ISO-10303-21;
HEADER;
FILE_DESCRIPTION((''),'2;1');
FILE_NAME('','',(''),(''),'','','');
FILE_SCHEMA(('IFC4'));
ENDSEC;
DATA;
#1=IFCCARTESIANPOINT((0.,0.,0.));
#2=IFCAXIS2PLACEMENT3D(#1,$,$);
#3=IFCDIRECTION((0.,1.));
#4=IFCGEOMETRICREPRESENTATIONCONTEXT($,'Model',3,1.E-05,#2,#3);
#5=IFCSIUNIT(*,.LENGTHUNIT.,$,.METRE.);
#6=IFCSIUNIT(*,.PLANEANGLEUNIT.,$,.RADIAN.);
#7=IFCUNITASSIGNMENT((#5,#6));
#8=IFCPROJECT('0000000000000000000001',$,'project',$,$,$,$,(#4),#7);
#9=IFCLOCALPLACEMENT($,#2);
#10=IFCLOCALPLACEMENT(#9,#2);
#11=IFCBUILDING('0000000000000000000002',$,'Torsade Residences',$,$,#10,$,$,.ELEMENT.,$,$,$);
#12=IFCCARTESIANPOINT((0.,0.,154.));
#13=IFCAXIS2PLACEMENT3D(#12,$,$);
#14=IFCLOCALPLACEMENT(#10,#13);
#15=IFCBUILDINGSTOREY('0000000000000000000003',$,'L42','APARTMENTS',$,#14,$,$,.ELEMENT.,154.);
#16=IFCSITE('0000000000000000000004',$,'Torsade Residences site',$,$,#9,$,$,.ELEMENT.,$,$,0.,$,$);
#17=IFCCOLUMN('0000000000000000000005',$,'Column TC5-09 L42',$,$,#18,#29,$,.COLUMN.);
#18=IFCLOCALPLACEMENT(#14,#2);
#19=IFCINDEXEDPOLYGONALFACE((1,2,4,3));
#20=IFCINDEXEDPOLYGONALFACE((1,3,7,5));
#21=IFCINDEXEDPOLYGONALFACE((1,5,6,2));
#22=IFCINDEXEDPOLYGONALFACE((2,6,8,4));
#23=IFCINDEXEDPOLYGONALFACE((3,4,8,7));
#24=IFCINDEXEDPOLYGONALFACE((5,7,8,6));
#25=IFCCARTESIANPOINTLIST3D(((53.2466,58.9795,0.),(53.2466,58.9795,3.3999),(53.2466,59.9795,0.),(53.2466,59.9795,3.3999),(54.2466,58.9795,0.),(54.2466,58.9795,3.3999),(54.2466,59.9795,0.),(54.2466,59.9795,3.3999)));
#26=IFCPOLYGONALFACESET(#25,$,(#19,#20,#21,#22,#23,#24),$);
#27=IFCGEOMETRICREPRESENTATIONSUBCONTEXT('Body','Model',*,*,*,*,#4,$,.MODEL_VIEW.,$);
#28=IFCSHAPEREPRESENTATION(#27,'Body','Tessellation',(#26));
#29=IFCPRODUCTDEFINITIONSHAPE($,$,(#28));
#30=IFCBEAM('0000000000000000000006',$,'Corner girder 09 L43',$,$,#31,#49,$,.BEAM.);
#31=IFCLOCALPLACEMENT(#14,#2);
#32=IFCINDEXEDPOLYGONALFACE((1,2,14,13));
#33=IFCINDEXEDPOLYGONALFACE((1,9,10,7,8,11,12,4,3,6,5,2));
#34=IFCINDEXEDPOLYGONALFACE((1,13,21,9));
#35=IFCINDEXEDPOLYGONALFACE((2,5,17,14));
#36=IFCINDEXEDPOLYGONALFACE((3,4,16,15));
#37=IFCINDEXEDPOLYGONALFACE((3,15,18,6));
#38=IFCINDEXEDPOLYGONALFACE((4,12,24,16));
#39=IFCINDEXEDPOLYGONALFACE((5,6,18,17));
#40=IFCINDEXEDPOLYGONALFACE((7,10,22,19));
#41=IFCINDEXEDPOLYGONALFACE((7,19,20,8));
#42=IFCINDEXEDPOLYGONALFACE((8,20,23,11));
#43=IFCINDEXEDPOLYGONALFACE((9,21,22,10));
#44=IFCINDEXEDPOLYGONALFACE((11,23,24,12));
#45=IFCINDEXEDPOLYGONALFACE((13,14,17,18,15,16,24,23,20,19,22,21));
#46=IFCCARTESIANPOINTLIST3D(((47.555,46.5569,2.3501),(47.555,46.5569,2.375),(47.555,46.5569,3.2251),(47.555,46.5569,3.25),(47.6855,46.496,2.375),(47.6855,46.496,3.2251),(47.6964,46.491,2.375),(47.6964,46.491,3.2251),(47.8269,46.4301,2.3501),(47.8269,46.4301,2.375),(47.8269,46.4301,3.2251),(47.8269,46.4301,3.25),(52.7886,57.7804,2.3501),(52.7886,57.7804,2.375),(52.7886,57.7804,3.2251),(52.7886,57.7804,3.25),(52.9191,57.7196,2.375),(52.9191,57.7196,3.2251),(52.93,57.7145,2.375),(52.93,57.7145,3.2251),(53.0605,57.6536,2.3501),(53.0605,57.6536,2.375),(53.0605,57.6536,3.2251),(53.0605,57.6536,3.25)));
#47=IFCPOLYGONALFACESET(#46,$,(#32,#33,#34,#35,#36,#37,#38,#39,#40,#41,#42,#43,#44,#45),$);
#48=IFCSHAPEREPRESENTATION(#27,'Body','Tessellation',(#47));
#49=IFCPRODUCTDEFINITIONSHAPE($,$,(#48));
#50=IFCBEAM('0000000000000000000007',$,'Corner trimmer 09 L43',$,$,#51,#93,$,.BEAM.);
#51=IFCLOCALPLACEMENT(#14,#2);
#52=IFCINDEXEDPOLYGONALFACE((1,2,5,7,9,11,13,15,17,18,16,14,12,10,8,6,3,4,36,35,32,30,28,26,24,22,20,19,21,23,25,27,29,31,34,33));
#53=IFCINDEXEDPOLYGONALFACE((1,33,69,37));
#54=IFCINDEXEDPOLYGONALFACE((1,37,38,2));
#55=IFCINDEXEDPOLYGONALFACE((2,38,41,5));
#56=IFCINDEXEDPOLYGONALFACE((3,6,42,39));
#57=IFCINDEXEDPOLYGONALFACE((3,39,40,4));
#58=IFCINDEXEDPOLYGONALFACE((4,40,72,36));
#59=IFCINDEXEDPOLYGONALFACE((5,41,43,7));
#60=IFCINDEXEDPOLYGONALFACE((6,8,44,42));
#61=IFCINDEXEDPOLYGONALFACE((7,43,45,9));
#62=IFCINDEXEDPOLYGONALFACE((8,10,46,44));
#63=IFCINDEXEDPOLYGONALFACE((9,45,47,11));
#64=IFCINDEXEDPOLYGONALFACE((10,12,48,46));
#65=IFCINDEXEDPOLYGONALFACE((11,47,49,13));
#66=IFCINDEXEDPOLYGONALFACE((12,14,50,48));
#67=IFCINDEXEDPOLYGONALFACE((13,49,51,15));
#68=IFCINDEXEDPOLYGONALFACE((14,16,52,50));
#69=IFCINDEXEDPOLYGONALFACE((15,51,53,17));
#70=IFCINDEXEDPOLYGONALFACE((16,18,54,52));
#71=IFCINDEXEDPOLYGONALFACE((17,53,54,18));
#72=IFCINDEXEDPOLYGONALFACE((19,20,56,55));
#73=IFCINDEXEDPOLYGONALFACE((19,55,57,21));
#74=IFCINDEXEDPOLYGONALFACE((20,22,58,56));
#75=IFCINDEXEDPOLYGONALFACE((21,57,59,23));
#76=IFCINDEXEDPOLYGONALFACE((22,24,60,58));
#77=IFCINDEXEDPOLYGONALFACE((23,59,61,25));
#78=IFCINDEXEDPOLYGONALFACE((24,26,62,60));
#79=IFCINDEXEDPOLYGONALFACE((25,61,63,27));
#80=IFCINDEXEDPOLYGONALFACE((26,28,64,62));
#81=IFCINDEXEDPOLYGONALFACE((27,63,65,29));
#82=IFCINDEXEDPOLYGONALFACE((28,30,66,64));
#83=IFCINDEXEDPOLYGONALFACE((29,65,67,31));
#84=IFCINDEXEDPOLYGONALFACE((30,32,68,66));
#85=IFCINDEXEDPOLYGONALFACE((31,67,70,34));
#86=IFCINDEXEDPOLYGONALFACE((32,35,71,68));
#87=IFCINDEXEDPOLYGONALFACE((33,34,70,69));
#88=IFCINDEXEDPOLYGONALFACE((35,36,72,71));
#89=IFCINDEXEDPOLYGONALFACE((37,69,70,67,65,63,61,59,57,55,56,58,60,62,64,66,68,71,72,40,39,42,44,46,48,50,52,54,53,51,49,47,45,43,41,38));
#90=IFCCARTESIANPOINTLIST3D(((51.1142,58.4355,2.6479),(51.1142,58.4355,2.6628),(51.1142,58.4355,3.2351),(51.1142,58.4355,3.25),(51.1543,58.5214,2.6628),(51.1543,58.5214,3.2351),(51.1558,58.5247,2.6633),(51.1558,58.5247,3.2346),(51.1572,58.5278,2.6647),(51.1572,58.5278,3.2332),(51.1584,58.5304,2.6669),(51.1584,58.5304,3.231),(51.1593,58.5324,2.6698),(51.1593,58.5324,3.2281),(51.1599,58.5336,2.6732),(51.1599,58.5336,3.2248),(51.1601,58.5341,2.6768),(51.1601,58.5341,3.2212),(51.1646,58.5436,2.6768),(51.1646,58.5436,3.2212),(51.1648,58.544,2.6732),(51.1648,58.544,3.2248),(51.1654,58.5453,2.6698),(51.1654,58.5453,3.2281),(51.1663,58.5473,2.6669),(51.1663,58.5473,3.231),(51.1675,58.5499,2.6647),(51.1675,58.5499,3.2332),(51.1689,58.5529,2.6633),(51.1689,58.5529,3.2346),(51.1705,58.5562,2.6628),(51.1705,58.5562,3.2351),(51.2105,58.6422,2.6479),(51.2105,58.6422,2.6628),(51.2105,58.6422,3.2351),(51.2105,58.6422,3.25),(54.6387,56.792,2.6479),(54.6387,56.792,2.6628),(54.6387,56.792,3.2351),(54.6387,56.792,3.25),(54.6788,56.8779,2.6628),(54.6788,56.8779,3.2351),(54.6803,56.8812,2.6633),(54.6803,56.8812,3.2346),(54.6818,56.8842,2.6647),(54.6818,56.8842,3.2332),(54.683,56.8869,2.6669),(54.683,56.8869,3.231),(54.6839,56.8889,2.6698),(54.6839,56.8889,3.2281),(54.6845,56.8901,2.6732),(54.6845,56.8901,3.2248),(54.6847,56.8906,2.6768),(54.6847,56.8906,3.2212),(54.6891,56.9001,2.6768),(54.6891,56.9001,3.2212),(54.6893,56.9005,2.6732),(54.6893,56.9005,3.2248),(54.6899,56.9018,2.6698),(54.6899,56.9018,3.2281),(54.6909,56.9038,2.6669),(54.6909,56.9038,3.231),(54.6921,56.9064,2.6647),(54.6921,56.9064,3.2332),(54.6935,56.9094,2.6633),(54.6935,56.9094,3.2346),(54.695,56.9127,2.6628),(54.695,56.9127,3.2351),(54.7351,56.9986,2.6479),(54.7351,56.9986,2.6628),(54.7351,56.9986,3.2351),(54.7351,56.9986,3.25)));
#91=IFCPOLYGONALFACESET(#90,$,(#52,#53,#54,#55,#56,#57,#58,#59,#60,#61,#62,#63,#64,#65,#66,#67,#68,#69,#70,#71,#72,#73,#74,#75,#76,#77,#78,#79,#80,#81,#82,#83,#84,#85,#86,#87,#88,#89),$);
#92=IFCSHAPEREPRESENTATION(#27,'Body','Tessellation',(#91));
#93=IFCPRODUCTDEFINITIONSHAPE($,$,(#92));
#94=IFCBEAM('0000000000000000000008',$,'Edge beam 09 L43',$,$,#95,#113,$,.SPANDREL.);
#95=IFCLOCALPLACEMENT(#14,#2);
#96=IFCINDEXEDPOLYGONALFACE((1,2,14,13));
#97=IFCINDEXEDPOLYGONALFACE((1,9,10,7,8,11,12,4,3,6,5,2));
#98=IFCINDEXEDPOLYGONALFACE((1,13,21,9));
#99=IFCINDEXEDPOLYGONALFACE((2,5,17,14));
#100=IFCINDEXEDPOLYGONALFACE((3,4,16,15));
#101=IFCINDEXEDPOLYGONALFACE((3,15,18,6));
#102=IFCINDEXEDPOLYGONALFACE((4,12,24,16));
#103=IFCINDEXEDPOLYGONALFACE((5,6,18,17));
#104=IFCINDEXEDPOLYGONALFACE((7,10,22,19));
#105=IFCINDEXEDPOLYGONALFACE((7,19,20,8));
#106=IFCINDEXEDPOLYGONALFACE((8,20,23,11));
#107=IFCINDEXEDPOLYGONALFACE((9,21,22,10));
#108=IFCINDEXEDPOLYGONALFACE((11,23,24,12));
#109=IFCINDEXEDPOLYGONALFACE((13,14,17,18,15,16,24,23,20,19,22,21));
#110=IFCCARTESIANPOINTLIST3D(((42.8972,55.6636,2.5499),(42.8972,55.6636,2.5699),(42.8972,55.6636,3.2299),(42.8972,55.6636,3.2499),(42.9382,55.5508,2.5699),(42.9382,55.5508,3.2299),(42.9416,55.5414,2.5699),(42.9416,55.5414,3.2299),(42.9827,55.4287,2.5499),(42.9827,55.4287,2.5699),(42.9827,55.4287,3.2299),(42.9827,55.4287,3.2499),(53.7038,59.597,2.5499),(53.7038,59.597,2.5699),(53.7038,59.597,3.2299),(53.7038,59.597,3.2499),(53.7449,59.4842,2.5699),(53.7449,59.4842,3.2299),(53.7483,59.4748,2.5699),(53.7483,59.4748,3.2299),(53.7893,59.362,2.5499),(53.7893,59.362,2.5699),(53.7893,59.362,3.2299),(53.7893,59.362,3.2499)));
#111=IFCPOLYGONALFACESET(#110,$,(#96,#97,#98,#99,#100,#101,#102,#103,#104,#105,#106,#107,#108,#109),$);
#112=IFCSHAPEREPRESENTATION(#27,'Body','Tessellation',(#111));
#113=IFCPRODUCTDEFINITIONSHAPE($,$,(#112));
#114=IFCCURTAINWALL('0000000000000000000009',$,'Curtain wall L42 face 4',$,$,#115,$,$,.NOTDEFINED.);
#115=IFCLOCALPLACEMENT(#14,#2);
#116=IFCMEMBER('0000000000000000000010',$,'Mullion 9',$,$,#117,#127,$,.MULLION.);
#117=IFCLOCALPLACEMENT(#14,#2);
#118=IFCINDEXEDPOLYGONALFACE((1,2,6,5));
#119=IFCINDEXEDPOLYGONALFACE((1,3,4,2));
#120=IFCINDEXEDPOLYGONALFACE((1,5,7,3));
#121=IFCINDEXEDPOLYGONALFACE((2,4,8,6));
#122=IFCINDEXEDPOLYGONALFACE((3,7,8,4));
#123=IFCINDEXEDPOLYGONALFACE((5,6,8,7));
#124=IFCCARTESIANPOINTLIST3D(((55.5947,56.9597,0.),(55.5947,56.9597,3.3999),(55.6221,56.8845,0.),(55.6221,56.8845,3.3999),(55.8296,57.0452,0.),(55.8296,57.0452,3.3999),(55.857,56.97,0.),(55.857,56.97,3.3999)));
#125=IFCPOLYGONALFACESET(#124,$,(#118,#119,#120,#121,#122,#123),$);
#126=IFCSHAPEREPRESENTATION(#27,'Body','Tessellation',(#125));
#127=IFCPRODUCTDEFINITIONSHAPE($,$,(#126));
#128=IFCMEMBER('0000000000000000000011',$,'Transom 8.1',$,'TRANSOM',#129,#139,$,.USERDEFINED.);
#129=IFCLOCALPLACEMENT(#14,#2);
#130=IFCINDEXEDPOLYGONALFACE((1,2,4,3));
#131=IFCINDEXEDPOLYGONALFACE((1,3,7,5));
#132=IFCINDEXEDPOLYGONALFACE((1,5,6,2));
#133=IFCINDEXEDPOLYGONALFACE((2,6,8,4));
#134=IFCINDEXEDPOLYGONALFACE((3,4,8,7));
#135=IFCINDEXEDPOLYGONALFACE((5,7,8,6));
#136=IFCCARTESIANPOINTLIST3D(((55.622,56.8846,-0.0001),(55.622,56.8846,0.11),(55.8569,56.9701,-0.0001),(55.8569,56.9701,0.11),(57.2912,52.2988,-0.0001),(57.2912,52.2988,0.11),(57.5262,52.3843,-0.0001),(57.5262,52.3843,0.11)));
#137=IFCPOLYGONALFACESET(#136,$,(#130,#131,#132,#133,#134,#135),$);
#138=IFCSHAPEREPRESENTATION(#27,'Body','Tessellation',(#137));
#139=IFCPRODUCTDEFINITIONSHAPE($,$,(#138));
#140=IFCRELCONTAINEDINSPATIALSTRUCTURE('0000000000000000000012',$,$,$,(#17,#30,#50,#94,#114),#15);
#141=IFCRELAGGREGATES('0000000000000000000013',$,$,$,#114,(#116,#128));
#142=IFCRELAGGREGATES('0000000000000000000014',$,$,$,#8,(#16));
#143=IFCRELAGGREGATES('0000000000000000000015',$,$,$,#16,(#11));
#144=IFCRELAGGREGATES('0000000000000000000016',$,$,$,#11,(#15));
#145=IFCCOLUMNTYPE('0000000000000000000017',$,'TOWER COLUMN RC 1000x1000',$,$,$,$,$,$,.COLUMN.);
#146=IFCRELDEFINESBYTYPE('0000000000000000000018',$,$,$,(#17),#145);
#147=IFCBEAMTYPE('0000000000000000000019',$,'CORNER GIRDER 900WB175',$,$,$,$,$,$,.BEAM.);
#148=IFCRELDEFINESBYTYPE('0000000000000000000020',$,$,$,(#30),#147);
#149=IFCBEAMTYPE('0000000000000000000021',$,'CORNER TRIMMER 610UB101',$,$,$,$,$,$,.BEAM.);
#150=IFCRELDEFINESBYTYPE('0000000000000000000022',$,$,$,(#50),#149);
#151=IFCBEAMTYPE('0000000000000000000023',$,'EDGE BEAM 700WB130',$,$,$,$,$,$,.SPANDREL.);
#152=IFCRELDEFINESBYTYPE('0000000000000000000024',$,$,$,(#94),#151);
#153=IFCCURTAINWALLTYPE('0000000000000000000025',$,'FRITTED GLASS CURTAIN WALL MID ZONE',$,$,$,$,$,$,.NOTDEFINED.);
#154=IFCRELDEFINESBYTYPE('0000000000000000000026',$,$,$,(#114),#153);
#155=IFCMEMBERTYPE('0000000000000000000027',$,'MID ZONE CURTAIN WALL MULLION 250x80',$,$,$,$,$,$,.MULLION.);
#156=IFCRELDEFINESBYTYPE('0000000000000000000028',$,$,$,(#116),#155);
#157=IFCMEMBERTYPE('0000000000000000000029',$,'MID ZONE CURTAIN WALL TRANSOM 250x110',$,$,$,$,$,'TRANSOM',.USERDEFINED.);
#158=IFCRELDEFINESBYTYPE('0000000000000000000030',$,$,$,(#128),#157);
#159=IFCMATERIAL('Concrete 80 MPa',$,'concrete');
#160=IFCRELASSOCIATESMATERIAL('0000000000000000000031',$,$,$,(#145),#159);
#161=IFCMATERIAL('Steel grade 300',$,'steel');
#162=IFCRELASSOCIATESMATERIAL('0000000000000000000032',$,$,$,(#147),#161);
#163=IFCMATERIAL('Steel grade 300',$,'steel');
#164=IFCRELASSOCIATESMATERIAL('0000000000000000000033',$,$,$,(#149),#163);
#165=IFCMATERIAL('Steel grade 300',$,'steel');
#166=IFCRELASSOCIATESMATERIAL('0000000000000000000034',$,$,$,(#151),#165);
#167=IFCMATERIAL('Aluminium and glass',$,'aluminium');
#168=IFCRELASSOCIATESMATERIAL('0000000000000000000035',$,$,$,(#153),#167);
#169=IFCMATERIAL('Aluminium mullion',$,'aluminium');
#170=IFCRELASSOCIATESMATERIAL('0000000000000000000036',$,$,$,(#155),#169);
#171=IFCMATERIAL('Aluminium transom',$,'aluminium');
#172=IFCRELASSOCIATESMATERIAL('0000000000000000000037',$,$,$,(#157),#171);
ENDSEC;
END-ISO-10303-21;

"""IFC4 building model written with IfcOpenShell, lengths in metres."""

from ifc_helpers import new_model, si_unit, direction, frame, origin, origin_2d, place, context, subcontext, project, spatial, rectangle, i_section, extrude, material, material_profile, profile_set, type_object, element, aggregate, save


model = new_model("IFC4")

# Units and contexts
model_context = context("Model", 3, precision=1e-05, world=origin(), true_north=direction((0.0, 1.0)))
body_context = subcontext(model_context, "Body", "Model", "MODEL_VIEW")
ifc_project = project(units=[si_unit("LENGTHUNIT", "METRE"), si_unit("PLANEANGLEUNIT", "RADIAN")], contexts=[model_context])

# Site, building, storey
site_placement = place(None, origin())
site = spatial("IfcSite", under=ifc_project, at=site_placement, Name="Torsade Residences site", CompositionType="ELEMENT", RefElevation=0.0)
building_placement = place(site_placement, origin())
building = spatial("IfcBuilding", under=site, at=building_placement, Name="Torsade Residences", CompositionType="ELEMENT")
storey_placement = place(building_placement, frame((0.0, 0.0, 154.0)))
storey = spatial("IfcBuildingStorey", under=building, at=storey_placement, Name="L42", Description="APARTMENTS", CompositionType="ELEMENT", Elevation=154.0)

# Column
ifc_material_1 = material(Name="Concrete 80 MPa", Category="concrete")
ifc_material_profile_1 = material_profile(ifc_material_1, rectangle(XDim=1.0, YDim=1.0, at=origin_2d()), Name="RC 1000x1000")
ifc_profile_set_1 = profile_set([ifc_material_profile_1], Name="Concrete 80 MPa")
column_type = type_object("IfcColumnType", Name="TOWER COLUMN RC 1000x1000", PredefinedType="COLUMN", material=ifc_profile_set_1)
column_placement = place(storey_placement, frame((53.7466, 59.4795, 0.0), z_axis=(0.0, 0.0, 1.0), x_axis=(1.0, 0.0, 0.0)))
element("IfcColumn", 1, at=column_placement, inside=storey, type_object=column_type, Name="Column TC5-09 L42", PredefinedType="COLUMN", context=body_context, shape_type="SweptSolid", body=[
    extrude(rectangle(XDim=1.0, YDim=1.0, at=origin_2d()), origin(), (0.0, 0.0, 1.0), 3.3999),
])

# Beams
ifc_material_2 = material(Name="Steel grade 300", Category="steel")
ifc_material_profile_2 = material_profile(ifc_material_2, i_section(OverallWidth=0.3, OverallDepth=0.8999, WebThickness=0.012, FlangeThickness=0.0249, at=origin_2d()), Name="900WB175")
ifc_profile_set_2 = profile_set([ifc_material_profile_2], Name="Steel grade 300")
beam_type_1 = type_object("IfcBeamType", Name="CORNER GIRDER 900WB175", PredefinedType="BEAM", material=ifc_profile_set_2)
beam_1_placement = place(storey_placement, frame((52.9246, 57.717, 2.8), z_axis=(-0.422617, -0.906309, 0.0), x_axis=(0.906309, -0.422617, 0.0)))
element("IfcBeam", 2, at=beam_1_placement, inside=storey, type_object=beam_type_1, Name="Corner girder 09 L43", PredefinedType="BEAM", context=body_context, shape_type="SweptSolid", body=[
    extrude(i_section(OverallWidth=0.3, OverallDepth=0.8999, WebThickness=0.012, FlangeThickness=0.0249, at=origin_2d()), origin(), (0.0, 0.0, 1.0), 12.3838),
])
ifc_material_3 = material(Name="Steel grade 300", Category="steel")
ifc_material_profile_3 = material_profile(ifc_material_3, i_section(OverallWidth=0.228, OverallDepth=0.6021, WebThickness=0.0105, FlangeThickness=0.0149, FilletRadius=0.0139, at=origin_2d()), Name="610UB101")
ifc_profile_set_3 = profile_set([ifc_material_profile_3], Name="Steel grade 300")
beam_type_2 = type_object("IfcBeamType", Name="CORNER TRIMMER 610UB101", PredefinedType="BEAM", material=ifc_profile_set_3)
beam_2_placement = place(storey_placement, frame((51.1624, 58.5388, 2.949), z_axis=(0.90631, -0.422614, 0.0), x_axis=(0.422614, 0.90631, 0.0)))
element("IfcBeam", 3, at=beam_2_placement, inside=storey, type_object=beam_type_2, Name="Corner trimmer 09 L43", PredefinedType="BEAM", context=body_context, shape_type="SweptSolid", body=[
    extrude(i_section(OverallWidth=0.228, OverallDepth=0.6021, WebThickness=0.0105, FlangeThickness=0.0149, FilletRadius=0.0139, at=origin_2d()), origin(), (0.0, 0.0, 1.0), 3.8889),
])
ifc_material_4 = material(Name="Steel grade 300", Category="steel")
ifc_material_profile_4 = material_profile(ifc_material_4, i_section(OverallWidth=0.25, OverallDepth=0.7, WebThickness=0.01, FlangeThickness=0.02, at=origin_2d()), Name="700WB130")
ifc_profile_set_4 = profile_set([ifc_material_profile_4], Name="Steel grade 300")
beam_type_3 = type_object("IfcBeamType", Name="EDGE BEAM 700WB130", PredefinedType="SPANDREL", material=ifc_profile_set_4)
beam_3_placement = place(storey_placement, frame((53.7466, 59.4795, 2.8999), z_axis=(-0.939691, -0.342024, 0.0), x_axis=(0.342024, -0.939691, 0.0)))
element("IfcBeam", 4, at=beam_3_placement, inside=storey, type_object=beam_type_3, Name="Edge beam 09 L43", PredefinedType="SPANDREL", context=body_context, shape_type="SweptSolid", body=[
    extrude(i_section(OverallWidth=0.25, OverallDepth=0.7, WebThickness=0.01, FlangeThickness=0.02, at=origin_2d()), origin(), (0.0, 0.0, 1.0), 11.5002),
])

# Curtain wall, members
ifc_material_5 = material(Name="Aluminium and glass", Category="aluminium")
curtain_wall_type = type_object("IfcCurtainWallType", Name="FRITTED GLASS CURTAIN WALL MID ZONE", PredefinedType="NOTDEFINED", material=ifc_material_5)
curtain_wall_placement = place(storey_placement, origin())
curtain_wall = element("IfcCurtainWall", 5, at=curtain_wall_placement, inside=storey, type_object=curtain_wall_type, Name="Curtain wall L42 face 4", PredefinedType="NOTDEFINED")
ifc_material_6 = material(Name="Aluminium mullion", Category="aluminium")
ifc_material_profile_5 = material_profile(ifc_material_6, rectangle(XDim=0.25, YDim=0.0801, at=origin_2d()), Name="MID ZONE CURTAIN WALL MULLION 250x80")
ifc_profile_set_5 = profile_set([ifc_material_profile_5], Name="Aluminium mullion")
member_type_1 = type_object("IfcMemberType", Name="MID ZONE CURTAIN WALL MULLION 250x80", PredefinedType="MULLION", material=ifc_profile_set_5)
member_1_placement = place(storey_placement, frame((55.7258, 56.9648, 0.0), z_axis=(0.0, 0.0, 1.0), x_axis=(-0.939693, -0.34202, 0.0)))
member_1 = element("IfcMember", 6, at=member_1_placement, type_object=member_type_1, Name="Mullion 9", PredefinedType="MULLION", context=body_context, shape_type="SweptSolid", body=[
    extrude(rectangle(XDim=0.25, YDim=0.0801, at=origin_2d()), origin(), (0.0, 0.0, 1.0), 3.3999),
])
ifc_material_7 = material(Name="Aluminium transom", Category="aluminium")
ifc_material_profile_6 = material_profile(ifc_material_7, rectangle(XDim=0.25, YDim=0.1101, at=origin_2d()), Name="MID ZONE CURTAIN WALL TRANSOM 250x110")
ifc_profile_set_6 = profile_set([ifc_material_profile_6], Name="Aluminium transom")
member_type_2 = type_object("IfcMemberType", Name="MID ZONE CURTAIN WALL TRANSOM 250x110", ElementType="TRANSOM", PredefinedType="USERDEFINED", material=ifc_profile_set_6)
member_2_placement = place(storey_placement, frame((57.4087, 52.3416, 0.0549), z_axis=(-0.342044, 0.939684, 0.0), x_axis=(-0.939684, -0.342044, 0.0)))
member_2 = element("IfcMember", 7, at=member_2_placement, type_object=member_type_2, Name="Transom 8.1", ObjectType="TRANSOM", PredefinedType="USERDEFINED", context=body_context, shape_type="SweptSolid", body=[
    extrude(rectangle(XDim=0.25, YDim=0.1101, at=origin_2d()), origin(), (0.0, 0.0, 1.0), 4.8801),
])

aggregate(curtain_wall, [member_1, member_2])

save(model, "model.ifc")
